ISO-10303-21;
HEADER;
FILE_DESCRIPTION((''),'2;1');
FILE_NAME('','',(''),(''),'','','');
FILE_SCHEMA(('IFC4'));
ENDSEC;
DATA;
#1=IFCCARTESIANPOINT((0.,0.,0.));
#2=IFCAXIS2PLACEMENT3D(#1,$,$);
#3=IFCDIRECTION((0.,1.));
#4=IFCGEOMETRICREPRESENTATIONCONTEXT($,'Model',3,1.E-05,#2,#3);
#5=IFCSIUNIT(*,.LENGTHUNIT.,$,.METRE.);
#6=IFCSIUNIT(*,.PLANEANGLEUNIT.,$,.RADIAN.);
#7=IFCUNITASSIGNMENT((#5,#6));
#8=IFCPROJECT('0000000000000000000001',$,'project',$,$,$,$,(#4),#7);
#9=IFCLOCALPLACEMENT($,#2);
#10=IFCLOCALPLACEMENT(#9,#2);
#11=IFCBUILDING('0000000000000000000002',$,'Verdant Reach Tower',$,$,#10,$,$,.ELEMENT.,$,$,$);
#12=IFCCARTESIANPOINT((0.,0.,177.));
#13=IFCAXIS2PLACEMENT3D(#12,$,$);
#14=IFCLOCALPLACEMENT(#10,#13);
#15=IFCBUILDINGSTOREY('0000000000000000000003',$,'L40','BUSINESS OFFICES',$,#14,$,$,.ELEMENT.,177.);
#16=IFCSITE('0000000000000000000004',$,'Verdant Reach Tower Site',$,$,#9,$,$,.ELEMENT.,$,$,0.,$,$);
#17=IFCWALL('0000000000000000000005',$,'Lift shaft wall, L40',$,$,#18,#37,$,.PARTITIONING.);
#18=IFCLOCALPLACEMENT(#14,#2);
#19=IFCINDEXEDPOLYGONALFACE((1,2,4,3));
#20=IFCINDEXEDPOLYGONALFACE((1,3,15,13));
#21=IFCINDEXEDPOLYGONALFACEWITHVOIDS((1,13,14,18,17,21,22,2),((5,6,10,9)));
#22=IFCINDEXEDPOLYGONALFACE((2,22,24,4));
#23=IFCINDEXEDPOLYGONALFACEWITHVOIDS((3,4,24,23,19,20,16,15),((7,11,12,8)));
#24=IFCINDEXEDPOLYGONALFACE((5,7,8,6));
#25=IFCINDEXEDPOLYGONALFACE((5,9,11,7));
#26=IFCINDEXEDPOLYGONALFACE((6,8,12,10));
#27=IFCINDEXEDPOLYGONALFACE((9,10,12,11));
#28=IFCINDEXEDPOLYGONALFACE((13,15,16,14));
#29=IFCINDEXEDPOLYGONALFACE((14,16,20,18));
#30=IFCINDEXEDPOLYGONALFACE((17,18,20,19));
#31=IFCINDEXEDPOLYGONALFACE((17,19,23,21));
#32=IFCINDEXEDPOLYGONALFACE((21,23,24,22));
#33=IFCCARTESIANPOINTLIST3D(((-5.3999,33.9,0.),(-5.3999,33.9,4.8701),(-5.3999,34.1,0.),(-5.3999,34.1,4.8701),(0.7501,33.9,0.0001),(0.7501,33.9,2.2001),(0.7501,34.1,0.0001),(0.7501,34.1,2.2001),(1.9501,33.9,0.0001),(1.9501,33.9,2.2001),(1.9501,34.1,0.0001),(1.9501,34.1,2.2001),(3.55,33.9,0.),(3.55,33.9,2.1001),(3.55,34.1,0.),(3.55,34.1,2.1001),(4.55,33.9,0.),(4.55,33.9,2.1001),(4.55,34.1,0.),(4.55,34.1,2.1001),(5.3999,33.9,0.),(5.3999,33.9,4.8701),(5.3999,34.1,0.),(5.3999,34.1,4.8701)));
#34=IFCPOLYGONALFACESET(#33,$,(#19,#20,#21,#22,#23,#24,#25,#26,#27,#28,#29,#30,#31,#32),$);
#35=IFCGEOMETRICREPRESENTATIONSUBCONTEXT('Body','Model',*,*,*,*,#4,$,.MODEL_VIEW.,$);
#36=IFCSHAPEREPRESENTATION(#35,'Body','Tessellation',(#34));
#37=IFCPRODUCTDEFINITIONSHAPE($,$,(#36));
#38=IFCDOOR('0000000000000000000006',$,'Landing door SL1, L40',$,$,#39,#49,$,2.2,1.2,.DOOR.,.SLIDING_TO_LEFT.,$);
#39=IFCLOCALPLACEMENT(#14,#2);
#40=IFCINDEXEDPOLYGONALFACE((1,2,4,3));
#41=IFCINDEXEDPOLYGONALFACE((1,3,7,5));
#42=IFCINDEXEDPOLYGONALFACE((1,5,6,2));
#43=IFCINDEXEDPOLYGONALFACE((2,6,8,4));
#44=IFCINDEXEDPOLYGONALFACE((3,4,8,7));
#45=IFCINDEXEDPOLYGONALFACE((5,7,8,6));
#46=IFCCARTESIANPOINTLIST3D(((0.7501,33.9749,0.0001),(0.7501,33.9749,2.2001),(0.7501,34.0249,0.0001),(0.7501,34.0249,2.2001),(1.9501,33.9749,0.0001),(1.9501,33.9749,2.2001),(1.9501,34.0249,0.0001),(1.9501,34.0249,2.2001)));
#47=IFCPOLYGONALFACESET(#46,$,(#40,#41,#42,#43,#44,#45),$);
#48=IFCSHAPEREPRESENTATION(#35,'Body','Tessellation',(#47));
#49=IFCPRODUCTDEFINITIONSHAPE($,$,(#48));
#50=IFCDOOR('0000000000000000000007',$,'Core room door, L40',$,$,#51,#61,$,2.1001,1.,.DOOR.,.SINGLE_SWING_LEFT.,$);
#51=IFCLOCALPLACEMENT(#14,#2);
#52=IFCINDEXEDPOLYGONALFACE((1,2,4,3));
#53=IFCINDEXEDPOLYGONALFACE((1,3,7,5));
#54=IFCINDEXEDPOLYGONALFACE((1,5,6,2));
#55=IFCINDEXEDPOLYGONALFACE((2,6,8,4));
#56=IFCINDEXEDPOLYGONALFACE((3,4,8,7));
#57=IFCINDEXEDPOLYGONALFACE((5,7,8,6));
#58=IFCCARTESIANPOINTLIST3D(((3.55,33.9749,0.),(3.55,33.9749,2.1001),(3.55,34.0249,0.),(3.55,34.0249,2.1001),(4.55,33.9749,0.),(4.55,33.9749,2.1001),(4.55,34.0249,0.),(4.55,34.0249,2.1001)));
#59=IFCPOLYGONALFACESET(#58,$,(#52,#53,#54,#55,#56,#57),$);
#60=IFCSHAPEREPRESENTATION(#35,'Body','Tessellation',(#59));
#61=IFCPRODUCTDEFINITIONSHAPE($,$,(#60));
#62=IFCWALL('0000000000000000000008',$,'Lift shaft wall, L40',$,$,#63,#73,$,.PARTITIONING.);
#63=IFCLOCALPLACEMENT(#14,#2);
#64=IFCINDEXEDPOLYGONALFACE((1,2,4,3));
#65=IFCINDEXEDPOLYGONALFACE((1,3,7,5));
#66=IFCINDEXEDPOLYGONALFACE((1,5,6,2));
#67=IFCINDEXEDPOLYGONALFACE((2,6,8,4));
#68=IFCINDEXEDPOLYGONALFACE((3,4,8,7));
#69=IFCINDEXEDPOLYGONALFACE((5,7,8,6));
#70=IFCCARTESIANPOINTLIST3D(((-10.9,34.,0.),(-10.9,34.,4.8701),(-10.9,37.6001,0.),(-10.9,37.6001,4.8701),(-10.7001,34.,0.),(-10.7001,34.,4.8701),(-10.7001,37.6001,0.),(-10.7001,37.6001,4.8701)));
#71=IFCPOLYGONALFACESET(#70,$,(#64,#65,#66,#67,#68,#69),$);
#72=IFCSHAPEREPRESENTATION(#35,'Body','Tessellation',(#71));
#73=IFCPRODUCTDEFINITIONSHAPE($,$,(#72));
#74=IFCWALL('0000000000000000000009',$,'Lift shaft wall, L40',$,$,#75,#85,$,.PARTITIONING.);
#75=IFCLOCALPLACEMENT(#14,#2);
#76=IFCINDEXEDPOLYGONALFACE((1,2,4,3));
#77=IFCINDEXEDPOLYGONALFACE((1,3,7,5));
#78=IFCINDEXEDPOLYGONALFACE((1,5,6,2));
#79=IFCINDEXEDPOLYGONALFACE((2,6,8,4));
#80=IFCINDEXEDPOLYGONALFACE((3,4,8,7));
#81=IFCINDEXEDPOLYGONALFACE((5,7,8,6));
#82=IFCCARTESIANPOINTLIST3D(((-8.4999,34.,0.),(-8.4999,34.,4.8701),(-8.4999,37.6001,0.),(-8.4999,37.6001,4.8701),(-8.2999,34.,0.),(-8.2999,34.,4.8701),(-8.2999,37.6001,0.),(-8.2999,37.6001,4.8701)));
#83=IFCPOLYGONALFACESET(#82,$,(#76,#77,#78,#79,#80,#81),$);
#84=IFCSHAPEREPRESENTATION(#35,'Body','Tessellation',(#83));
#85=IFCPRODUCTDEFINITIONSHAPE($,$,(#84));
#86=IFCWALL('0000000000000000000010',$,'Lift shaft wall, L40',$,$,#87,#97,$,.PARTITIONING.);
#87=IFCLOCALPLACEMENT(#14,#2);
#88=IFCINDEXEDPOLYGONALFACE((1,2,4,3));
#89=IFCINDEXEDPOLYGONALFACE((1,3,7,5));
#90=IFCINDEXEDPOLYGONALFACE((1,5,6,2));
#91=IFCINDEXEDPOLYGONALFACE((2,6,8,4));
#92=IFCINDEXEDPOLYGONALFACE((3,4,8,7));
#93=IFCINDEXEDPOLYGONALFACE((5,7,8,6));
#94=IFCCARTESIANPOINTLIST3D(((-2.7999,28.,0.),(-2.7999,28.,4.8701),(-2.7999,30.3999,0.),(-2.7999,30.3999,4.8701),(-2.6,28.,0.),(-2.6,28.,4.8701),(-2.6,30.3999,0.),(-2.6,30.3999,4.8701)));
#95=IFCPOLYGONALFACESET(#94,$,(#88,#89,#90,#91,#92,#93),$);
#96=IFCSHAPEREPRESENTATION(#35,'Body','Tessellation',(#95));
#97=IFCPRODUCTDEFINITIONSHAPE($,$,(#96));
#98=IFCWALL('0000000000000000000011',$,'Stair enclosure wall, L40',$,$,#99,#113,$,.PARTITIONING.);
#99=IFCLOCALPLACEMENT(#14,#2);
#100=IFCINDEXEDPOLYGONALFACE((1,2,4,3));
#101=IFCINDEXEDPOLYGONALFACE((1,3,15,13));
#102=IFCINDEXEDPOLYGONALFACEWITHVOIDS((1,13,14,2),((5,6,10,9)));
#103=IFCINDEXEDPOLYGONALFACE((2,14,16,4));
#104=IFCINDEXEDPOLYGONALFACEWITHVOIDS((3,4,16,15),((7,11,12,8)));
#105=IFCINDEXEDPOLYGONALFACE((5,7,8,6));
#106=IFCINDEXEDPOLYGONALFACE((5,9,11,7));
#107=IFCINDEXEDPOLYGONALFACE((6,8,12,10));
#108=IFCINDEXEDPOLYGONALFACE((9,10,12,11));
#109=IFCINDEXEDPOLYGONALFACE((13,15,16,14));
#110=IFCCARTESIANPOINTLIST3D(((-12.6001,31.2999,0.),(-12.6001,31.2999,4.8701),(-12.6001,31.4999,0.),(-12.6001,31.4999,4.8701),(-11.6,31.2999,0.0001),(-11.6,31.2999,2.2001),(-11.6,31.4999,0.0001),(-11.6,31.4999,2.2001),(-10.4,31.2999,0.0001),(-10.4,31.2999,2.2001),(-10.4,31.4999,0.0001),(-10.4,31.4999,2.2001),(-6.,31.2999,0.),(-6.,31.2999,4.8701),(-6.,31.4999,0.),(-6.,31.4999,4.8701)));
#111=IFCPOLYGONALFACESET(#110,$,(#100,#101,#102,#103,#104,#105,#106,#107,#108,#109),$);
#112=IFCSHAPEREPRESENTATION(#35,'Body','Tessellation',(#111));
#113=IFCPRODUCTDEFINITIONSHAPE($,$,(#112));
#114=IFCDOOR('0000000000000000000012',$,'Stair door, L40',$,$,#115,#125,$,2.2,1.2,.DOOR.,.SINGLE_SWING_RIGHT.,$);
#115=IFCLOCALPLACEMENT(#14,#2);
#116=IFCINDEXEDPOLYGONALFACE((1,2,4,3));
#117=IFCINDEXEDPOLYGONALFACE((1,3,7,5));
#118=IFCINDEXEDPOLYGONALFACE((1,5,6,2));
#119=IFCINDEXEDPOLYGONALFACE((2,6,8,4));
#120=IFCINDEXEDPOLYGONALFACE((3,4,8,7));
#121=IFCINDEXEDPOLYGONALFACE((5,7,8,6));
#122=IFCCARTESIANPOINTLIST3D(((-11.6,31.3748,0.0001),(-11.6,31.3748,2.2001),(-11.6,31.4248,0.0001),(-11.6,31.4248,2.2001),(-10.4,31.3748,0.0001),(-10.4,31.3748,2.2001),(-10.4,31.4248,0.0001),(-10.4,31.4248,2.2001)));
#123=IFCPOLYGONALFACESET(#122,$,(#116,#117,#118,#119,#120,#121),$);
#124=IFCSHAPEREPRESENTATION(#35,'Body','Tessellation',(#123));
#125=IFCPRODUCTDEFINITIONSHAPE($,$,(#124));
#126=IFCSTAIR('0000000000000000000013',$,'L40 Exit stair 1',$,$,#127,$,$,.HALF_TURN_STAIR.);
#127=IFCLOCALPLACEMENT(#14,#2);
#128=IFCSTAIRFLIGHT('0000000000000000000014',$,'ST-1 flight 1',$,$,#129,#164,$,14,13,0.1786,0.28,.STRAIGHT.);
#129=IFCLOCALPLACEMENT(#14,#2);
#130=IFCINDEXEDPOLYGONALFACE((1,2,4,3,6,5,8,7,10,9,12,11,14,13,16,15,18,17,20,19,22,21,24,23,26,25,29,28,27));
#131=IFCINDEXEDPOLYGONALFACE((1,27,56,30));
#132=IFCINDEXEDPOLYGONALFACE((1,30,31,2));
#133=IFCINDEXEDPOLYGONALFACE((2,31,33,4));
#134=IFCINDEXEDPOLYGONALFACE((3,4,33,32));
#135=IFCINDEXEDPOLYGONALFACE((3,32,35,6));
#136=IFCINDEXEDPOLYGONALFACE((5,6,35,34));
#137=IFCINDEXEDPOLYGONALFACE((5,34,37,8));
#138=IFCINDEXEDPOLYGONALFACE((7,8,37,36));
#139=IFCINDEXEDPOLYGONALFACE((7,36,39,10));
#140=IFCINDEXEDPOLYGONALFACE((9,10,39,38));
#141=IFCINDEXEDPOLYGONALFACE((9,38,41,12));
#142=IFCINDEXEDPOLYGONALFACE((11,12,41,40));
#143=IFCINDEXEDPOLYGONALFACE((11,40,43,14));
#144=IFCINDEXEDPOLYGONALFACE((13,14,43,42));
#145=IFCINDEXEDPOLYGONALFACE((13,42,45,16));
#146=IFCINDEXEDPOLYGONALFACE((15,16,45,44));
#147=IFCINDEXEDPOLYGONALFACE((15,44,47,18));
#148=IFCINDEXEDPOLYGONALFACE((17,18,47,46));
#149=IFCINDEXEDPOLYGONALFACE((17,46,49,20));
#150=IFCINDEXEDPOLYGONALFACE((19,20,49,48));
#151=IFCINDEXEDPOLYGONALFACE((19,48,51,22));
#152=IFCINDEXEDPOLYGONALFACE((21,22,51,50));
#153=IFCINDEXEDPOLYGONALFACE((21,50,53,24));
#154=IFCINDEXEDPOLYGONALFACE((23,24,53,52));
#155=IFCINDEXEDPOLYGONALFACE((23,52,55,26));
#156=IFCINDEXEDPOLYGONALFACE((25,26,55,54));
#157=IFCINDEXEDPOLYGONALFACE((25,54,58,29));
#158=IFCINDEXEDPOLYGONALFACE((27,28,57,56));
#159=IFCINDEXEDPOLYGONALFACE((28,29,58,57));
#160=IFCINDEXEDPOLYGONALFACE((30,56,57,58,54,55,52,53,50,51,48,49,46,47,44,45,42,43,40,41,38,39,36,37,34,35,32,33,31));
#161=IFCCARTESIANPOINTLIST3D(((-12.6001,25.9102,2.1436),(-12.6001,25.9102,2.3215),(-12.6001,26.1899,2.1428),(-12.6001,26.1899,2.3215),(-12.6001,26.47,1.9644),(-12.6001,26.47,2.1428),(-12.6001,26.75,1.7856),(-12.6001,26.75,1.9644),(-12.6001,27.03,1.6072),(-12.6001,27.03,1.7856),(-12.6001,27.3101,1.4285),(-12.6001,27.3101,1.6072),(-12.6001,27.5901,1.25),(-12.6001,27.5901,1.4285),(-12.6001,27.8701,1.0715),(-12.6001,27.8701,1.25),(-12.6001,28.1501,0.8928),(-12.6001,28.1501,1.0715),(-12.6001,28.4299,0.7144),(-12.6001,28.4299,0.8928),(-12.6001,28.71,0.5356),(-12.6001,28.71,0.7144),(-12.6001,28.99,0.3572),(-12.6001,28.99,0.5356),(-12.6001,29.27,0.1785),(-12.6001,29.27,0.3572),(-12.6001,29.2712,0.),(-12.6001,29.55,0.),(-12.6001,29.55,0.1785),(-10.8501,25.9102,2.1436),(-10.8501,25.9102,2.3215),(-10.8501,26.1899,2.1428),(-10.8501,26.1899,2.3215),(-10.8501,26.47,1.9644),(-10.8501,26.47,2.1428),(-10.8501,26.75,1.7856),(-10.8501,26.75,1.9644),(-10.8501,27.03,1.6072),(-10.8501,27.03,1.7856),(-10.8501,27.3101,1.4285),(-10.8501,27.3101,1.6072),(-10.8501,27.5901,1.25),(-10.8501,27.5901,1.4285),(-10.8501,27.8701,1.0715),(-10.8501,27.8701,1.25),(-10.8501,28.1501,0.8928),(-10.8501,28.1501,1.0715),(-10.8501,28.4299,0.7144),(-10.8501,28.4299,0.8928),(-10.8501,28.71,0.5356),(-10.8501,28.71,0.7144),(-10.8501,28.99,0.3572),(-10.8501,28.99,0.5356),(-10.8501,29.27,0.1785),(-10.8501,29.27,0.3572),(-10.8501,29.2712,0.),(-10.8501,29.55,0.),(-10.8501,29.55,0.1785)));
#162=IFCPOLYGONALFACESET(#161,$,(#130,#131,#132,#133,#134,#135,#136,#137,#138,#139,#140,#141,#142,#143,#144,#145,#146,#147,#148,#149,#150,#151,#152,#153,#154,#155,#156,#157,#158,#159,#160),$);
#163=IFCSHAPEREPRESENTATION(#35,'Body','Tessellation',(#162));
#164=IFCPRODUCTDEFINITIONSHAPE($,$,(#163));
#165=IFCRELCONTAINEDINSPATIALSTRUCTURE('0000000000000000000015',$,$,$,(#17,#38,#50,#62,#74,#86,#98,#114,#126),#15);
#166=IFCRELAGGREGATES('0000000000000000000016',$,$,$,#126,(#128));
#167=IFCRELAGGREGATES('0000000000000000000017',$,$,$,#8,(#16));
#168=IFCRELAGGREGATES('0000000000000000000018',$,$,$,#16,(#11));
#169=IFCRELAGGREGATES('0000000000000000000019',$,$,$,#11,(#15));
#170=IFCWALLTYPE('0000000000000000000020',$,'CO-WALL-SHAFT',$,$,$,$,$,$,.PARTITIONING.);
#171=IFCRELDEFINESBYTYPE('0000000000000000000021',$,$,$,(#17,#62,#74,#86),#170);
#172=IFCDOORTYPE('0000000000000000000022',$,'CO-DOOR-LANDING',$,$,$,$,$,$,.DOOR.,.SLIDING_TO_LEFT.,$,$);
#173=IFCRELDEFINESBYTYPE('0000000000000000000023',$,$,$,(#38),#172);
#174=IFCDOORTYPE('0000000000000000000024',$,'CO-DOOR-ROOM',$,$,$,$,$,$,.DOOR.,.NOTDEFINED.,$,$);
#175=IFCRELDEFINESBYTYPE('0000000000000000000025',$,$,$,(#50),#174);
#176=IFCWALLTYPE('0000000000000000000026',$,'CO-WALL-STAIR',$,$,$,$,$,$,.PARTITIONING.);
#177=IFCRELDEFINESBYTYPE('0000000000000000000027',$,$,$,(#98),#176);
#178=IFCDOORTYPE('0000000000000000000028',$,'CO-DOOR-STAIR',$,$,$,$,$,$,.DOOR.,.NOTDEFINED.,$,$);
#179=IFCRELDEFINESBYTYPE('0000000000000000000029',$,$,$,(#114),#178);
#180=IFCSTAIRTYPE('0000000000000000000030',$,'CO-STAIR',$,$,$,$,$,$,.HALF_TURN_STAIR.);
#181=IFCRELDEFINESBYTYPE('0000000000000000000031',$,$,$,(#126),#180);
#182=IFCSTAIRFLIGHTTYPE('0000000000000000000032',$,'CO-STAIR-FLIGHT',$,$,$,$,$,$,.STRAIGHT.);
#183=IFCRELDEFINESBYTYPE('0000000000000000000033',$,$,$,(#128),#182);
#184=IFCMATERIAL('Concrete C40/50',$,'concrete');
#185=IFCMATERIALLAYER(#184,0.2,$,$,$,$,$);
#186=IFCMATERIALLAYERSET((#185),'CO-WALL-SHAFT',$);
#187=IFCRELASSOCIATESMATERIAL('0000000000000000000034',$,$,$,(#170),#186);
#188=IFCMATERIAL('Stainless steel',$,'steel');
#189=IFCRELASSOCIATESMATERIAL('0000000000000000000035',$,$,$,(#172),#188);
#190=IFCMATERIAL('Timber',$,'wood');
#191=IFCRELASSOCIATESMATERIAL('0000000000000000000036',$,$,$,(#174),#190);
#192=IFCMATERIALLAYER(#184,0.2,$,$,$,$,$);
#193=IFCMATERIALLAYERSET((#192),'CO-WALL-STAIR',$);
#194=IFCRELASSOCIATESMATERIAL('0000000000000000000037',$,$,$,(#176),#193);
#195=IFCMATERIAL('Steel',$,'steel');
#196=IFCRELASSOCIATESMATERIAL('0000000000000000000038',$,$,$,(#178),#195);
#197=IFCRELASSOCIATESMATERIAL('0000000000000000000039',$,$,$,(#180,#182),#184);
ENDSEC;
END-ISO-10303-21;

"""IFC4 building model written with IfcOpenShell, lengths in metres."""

from ifc_helpers import new_model, si_unit, direction, frame, frame_2d, origin, place, context, subcontext, project, spatial, polyline, rectangle, outline, extrude, material, layer, layer_set, type_object, element, fill, aggregate, save


model = new_model("IFC4")

# Units and contexts
model_context = context("Model", 3, precision=1e-05, world=origin(), true_north=direction((0.0, 1.0)))
body_context = subcontext(model_context, "Body", "Model", "MODEL_VIEW")
ifc_project = project(units=[si_unit("LENGTHUNIT", "METRE"), si_unit("PLANEANGLEUNIT", "RADIAN")], contexts=[model_context])

# Site, building, storey
site_placement = place(None, origin())
site = spatial("IfcSite", under=ifc_project, at=site_placement, Name="Verdant Reach Tower Site", CompositionType="ELEMENT", RefElevation=0.0)
building_placement = place(site_placement, origin())
building = spatial("IfcBuilding", under=site, at=building_placement, Name="Verdant Reach Tower", CompositionType="ELEMENT")
storey_placement = place(building_placement, frame((0.0, 0.0, 177.0)))
storey = spatial("IfcBuildingStorey", under=building, at=storey_placement, Name="L40", Description="BUSINESS OFFICES", CompositionType="ELEMENT", Elevation=177.0)

# Shared definitions
ifc_material_1 = material(Name="Concrete C40/50", Category="concrete")
ifc_layer_1 = layer(ifc_material_1, 0.2)
ifc_layer_set_1 = layer_set([ifc_layer_1], Name="CO-WALL-SHAFT")
wall_type_1 = type_object("IfcWallType", Name="CO-WALL-SHAFT", PredefinedType="PARTITIONING", material=ifc_layer_set_1)

# Wall, openings, doors
ifc_material_2 = material(Name="Stainless steel", Category="steel")
door_type_1 = type_object("IfcDoorType", Name="CO-DOOR-LANDING", OperationType="SLIDING_TO_LEFT", PredefinedType="DOOR", material=ifc_material_2)
ifc_material_3 = material(Name="Steel", Category="steel")
wall_1_placement = place(storey_placement, frame((-5.3999, 34.0, 0.0), z_axis=(0.0, 0.0, 1.0), x_axis=(1.0, 0.0, 0.0)))
wall_1 = element("IfcWall", 1, at=wall_1_placement, inside=storey, type_object=wall_type_1, Name="Lift shaft wall, L40", PredefinedType="PARTITIONING", context=body_context, shape_type="SweptSolid", body=[
    extrude(rectangle(XDim=10.7998, YDim=0.2, at=frame_2d((5.3999, 0.0))), origin(), (0.0, 0.0, 1.0), 4.8701),
])
opening_1_placement = place(wall_1_placement, frame((6.1499, 0.0, 0.0)))
opening_1 = element("IfcOpeningElement", 2, at=opening_1_placement, cuts=wall_1, PredefinedType="OPENING", context=body_context, shape_type="SweptSolid", body=[
    extrude(rectangle(XDim=1.2, YDim=2.2, at=frame_2d((0.6001, 1.1001))), frame((0.0, 0.1099, 0.0), z_axis=(0.0, -1.0, 0.0), x_axis=(1.0, 0.0, 0.0)), (0.0, 0.0, 1.0), 0.22),
])
opening_2_placement = place(wall_1_placement, frame((8.95, 0.0, 0.0)))
opening_2 = element("IfcOpeningElement", 3, at=opening_2_placement, cuts=wall_1, PredefinedType="OPENING", context=body_context, shape_type="SweptSolid", body=[
    extrude(rectangle(XDim=1.0, YDim=2.1001, at=frame_2d((0.5, 1.05))), frame((0.0, 0.1099, 0.0), z_axis=(0.0, -1.0, 0.0), x_axis=(1.0, 0.0, 0.0)), (0.0, 0.0, 1.0), 0.22),
])
door_1_placement = place(opening_1_placement, origin())
door_1 = element("IfcDoor", 4, at=door_1_placement, inside=storey, type_object=door_type_1, Name="Landing door SL1, L40", OperationType="SLIDING_TO_LEFT", OverallHeight=2.2, OverallWidth=1.2, PredefinedType="DOOR", context=body_context, shape_type="SweptSolid", body=[
    extrude(rectangle(XDim=1.2, YDim=2.2, at=frame_2d((0.6001, 1.1001))), frame((0.0, 0.0249, 0.0), z_axis=(0.0, -1.0, 0.0), x_axis=(1.0, 0.0, 0.0)), (0.0, 0.0, 1.0), 0.05),
])
fill(opening_1, door_1)
ifc_material_4 = material(Name="Timber", Category="wood")
door_type_2 = type_object("IfcDoorType", Name="CO-DOOR-ROOM", OperationType="NOTDEFINED", PredefinedType="DOOR", material=ifc_material_4)
door_2_placement = place(opening_2_placement, origin())
door_2 = element("IfcDoor", 5, at=door_2_placement, inside=storey, type_object=door_type_2, Name="Core room door, L40", OperationType="SINGLE_SWING_LEFT", OverallHeight=2.1001, OverallWidth=1.0, PredefinedType="DOOR", context=body_context, shape_type="SweptSolid", body=[
    extrude(rectangle(XDim=1.0, YDim=2.1001, at=frame_2d((0.5, 1.05))), frame((0.0, 0.0249, 0.0), z_axis=(0.0, -1.0, 0.0), x_axis=(1.0, 0.0, 0.0)), (0.0, 0.0, 1.0), 0.05),
])
fill(opening_2, door_2)

# Walls
for number, where, z_axis, x_axis, name in (
    (6, (-10.8, 34.0, 0.0), (0.0, 0.0, 1.0), (0.0, 1.0, 0.0), "Lift shaft wall, L40"),
    (7, (-8.3999, 34.0, 0.0), (0.0, 0.0, 1.0), (0.0, 1.0, 0.0), "Lift shaft wall, L40"),
):
    element("IfcWall", number, at=place(storey_placement, frame(where, z_axis=z_axis, x_axis=x_axis)), inside=storey, type_object=wall_type_1, Name=name, PredefinedType="PARTITIONING", context=body_context, shape_type="SweptSolid", body=[
        extrude(rectangle(XDim=3.6001, YDim=0.2, at=frame_2d((1.8, 0.0))), origin(), (0.0, 0.0, 1.0), 4.8701),
    ])
wall_2_placement = place(storey_placement, frame((-2.7, 28.0, 0.0), z_axis=(0.0, 0.0, 1.0), x_axis=(0.0, 1.0, 0.0)))
element("IfcWall", 8, at=wall_2_placement, inside=storey, type_object=wall_type_1, Name="Lift shaft wall, L40", PredefinedType="PARTITIONING", context=body_context, shape_type="SweptSolid", body=[
    extrude(rectangle(XDim=2.3999, YDim=0.2, at=frame_2d((1.2, 0.0))), origin(), (0.0, 0.0, 1.0), 4.8701),
])

# Wall, opening, door
ifc_layer_2 = layer(ifc_material_1, 0.2)
ifc_layer_set_2 = layer_set([ifc_layer_2], Name="CO-WALL-STAIR")
wall_type_2 = type_object("IfcWallType", Name="CO-WALL-STAIR", PredefinedType="PARTITIONING", material=ifc_layer_set_2)
wall_3_placement = place(storey_placement, frame((-12.6001, 31.3999, 0.0), z_axis=(0.0, 0.0, 1.0), x_axis=(1.0, 0.0, 0.0)))
wall_3 = element("IfcWall", 9, at=wall_3_placement, inside=storey, type_object=wall_type_2, Name="Stair enclosure wall, L40", PredefinedType="PARTITIONING", context=body_context, shape_type="SweptSolid", body=[
    extrude(rectangle(XDim=6.6001, YDim=0.2, at=frame_2d((3.3, 0.0))), origin(), (0.0, 0.0, 1.0), 4.8701),
])
opening_3_placement = place(wall_3_placement, frame((1.0, 0.0, 0.0)))
opening_3 = element("IfcOpeningElement", 10, at=opening_3_placement, cuts=wall_3, PredefinedType="OPENING", context=body_context, shape_type="SweptSolid", body=[
    extrude(rectangle(XDim=1.2, YDim=2.2, at=frame_2d((0.6001, 1.1001))), frame((0.0, 0.1099, 0.0), z_axis=(0.0, -1.0, 0.0), x_axis=(1.0, 0.0, 0.0)), (0.0, 0.0, 1.0), 0.22),
])
door_type_3 = type_object("IfcDoorType", Name="CO-DOOR-STAIR", OperationType="NOTDEFINED", PredefinedType="DOOR", material=ifc_material_3)
door_3_placement = place(opening_3_placement, origin())
door_3 = element("IfcDoor", 11, at=door_3_placement, inside=storey, type_object=door_type_3, Name="Stair door, L40", OperationType="SINGLE_SWING_RIGHT", OverallHeight=2.2, OverallWidth=1.2, PredefinedType="DOOR", context=body_context, shape_type="SweptSolid", body=[
    extrude(rectangle(XDim=1.2, YDim=2.2, at=frame_2d((0.6001, 1.1001))), frame((0.0, 0.0249, 0.0), z_axis=(0.0, -1.0, 0.0), x_axis=(1.0, 0.0, 0.0)), (0.0, 0.0, 1.0), 0.05),
])
fill(opening_3, door_3)

# Stair, stair flight
stair_type = type_object("IfcStairType", Name="CO-STAIR", PredefinedType="HALF_TURN_STAIR", material=ifc_material_1)
stair_placement = place(storey_placement, origin())
stair = element("IfcStair", 12, at=stair_placement, inside=storey, type_object=stair_type, Name="L40 Exit stair 1", PredefinedType="HALF_TURN_STAIR")
stair_flight_type = type_object("IfcStairFlightType", Name="CO-STAIR-FLIGHT", PredefinedType="STRAIGHT", material=ifc_material_1)
stair_flight_placement = place(storey_placement, frame((-11.7251, 29.55, 0.0), z_axis=(0.0, 0.0, 1.0), x_axis=(0.0, -1.0, 0.0)))
stair_flight = element("IfcStairFlight", 13, at=stair_flight_placement, type_object=stair_flight_type, Name="ST-1 flight 1", NumberOfRisers=14, NumberOfTreads=13, PredefinedType="STRAIGHT", RiserHeight=0.1786, TreadLength=0.28, context=body_context, shape_type="SweptSolid", body=[
    extrude(outline(polyline([(0.0, 0.0), (0.0, 0.1785), (0.28, 0.1785), (0.28, 0.3572), (0.5601, 0.3572), (0.5601, 0.5356), (0.8401, 0.5356), (0.8401, 0.7144), (1.1201, 0.7144), (1.1201, 0.8928), (1.3999, 0.8928), (1.3999, 1.0715), (1.6799, 1.0715), (1.6799, 1.25), (1.96, 1.25), (1.96, 1.4285), (2.24, 1.4285), (2.24, 1.6072), (2.52, 1.6072), (2.52, 1.7856), (2.8, 1.7856), (2.8, 1.9644), (3.0801, 1.9644), (3.0801, 2.1428), (3.3601, 2.1428), (3.3601, 2.3215), (3.6399, 2.3215), (3.6399, 2.5), (3.6399, 2.1436), (0.2788, 0.0), (0.0, 0.0)])), frame((0.0, 0.875, 0.0), z_axis=(0.0, -1.0, 0.0), x_axis=(1.0, 0.0, 0.0)), (0.0, 0.0, 1.0), 1.75),
])
aggregate(stair, [stair_flight])

save(model, "model.ifc")
